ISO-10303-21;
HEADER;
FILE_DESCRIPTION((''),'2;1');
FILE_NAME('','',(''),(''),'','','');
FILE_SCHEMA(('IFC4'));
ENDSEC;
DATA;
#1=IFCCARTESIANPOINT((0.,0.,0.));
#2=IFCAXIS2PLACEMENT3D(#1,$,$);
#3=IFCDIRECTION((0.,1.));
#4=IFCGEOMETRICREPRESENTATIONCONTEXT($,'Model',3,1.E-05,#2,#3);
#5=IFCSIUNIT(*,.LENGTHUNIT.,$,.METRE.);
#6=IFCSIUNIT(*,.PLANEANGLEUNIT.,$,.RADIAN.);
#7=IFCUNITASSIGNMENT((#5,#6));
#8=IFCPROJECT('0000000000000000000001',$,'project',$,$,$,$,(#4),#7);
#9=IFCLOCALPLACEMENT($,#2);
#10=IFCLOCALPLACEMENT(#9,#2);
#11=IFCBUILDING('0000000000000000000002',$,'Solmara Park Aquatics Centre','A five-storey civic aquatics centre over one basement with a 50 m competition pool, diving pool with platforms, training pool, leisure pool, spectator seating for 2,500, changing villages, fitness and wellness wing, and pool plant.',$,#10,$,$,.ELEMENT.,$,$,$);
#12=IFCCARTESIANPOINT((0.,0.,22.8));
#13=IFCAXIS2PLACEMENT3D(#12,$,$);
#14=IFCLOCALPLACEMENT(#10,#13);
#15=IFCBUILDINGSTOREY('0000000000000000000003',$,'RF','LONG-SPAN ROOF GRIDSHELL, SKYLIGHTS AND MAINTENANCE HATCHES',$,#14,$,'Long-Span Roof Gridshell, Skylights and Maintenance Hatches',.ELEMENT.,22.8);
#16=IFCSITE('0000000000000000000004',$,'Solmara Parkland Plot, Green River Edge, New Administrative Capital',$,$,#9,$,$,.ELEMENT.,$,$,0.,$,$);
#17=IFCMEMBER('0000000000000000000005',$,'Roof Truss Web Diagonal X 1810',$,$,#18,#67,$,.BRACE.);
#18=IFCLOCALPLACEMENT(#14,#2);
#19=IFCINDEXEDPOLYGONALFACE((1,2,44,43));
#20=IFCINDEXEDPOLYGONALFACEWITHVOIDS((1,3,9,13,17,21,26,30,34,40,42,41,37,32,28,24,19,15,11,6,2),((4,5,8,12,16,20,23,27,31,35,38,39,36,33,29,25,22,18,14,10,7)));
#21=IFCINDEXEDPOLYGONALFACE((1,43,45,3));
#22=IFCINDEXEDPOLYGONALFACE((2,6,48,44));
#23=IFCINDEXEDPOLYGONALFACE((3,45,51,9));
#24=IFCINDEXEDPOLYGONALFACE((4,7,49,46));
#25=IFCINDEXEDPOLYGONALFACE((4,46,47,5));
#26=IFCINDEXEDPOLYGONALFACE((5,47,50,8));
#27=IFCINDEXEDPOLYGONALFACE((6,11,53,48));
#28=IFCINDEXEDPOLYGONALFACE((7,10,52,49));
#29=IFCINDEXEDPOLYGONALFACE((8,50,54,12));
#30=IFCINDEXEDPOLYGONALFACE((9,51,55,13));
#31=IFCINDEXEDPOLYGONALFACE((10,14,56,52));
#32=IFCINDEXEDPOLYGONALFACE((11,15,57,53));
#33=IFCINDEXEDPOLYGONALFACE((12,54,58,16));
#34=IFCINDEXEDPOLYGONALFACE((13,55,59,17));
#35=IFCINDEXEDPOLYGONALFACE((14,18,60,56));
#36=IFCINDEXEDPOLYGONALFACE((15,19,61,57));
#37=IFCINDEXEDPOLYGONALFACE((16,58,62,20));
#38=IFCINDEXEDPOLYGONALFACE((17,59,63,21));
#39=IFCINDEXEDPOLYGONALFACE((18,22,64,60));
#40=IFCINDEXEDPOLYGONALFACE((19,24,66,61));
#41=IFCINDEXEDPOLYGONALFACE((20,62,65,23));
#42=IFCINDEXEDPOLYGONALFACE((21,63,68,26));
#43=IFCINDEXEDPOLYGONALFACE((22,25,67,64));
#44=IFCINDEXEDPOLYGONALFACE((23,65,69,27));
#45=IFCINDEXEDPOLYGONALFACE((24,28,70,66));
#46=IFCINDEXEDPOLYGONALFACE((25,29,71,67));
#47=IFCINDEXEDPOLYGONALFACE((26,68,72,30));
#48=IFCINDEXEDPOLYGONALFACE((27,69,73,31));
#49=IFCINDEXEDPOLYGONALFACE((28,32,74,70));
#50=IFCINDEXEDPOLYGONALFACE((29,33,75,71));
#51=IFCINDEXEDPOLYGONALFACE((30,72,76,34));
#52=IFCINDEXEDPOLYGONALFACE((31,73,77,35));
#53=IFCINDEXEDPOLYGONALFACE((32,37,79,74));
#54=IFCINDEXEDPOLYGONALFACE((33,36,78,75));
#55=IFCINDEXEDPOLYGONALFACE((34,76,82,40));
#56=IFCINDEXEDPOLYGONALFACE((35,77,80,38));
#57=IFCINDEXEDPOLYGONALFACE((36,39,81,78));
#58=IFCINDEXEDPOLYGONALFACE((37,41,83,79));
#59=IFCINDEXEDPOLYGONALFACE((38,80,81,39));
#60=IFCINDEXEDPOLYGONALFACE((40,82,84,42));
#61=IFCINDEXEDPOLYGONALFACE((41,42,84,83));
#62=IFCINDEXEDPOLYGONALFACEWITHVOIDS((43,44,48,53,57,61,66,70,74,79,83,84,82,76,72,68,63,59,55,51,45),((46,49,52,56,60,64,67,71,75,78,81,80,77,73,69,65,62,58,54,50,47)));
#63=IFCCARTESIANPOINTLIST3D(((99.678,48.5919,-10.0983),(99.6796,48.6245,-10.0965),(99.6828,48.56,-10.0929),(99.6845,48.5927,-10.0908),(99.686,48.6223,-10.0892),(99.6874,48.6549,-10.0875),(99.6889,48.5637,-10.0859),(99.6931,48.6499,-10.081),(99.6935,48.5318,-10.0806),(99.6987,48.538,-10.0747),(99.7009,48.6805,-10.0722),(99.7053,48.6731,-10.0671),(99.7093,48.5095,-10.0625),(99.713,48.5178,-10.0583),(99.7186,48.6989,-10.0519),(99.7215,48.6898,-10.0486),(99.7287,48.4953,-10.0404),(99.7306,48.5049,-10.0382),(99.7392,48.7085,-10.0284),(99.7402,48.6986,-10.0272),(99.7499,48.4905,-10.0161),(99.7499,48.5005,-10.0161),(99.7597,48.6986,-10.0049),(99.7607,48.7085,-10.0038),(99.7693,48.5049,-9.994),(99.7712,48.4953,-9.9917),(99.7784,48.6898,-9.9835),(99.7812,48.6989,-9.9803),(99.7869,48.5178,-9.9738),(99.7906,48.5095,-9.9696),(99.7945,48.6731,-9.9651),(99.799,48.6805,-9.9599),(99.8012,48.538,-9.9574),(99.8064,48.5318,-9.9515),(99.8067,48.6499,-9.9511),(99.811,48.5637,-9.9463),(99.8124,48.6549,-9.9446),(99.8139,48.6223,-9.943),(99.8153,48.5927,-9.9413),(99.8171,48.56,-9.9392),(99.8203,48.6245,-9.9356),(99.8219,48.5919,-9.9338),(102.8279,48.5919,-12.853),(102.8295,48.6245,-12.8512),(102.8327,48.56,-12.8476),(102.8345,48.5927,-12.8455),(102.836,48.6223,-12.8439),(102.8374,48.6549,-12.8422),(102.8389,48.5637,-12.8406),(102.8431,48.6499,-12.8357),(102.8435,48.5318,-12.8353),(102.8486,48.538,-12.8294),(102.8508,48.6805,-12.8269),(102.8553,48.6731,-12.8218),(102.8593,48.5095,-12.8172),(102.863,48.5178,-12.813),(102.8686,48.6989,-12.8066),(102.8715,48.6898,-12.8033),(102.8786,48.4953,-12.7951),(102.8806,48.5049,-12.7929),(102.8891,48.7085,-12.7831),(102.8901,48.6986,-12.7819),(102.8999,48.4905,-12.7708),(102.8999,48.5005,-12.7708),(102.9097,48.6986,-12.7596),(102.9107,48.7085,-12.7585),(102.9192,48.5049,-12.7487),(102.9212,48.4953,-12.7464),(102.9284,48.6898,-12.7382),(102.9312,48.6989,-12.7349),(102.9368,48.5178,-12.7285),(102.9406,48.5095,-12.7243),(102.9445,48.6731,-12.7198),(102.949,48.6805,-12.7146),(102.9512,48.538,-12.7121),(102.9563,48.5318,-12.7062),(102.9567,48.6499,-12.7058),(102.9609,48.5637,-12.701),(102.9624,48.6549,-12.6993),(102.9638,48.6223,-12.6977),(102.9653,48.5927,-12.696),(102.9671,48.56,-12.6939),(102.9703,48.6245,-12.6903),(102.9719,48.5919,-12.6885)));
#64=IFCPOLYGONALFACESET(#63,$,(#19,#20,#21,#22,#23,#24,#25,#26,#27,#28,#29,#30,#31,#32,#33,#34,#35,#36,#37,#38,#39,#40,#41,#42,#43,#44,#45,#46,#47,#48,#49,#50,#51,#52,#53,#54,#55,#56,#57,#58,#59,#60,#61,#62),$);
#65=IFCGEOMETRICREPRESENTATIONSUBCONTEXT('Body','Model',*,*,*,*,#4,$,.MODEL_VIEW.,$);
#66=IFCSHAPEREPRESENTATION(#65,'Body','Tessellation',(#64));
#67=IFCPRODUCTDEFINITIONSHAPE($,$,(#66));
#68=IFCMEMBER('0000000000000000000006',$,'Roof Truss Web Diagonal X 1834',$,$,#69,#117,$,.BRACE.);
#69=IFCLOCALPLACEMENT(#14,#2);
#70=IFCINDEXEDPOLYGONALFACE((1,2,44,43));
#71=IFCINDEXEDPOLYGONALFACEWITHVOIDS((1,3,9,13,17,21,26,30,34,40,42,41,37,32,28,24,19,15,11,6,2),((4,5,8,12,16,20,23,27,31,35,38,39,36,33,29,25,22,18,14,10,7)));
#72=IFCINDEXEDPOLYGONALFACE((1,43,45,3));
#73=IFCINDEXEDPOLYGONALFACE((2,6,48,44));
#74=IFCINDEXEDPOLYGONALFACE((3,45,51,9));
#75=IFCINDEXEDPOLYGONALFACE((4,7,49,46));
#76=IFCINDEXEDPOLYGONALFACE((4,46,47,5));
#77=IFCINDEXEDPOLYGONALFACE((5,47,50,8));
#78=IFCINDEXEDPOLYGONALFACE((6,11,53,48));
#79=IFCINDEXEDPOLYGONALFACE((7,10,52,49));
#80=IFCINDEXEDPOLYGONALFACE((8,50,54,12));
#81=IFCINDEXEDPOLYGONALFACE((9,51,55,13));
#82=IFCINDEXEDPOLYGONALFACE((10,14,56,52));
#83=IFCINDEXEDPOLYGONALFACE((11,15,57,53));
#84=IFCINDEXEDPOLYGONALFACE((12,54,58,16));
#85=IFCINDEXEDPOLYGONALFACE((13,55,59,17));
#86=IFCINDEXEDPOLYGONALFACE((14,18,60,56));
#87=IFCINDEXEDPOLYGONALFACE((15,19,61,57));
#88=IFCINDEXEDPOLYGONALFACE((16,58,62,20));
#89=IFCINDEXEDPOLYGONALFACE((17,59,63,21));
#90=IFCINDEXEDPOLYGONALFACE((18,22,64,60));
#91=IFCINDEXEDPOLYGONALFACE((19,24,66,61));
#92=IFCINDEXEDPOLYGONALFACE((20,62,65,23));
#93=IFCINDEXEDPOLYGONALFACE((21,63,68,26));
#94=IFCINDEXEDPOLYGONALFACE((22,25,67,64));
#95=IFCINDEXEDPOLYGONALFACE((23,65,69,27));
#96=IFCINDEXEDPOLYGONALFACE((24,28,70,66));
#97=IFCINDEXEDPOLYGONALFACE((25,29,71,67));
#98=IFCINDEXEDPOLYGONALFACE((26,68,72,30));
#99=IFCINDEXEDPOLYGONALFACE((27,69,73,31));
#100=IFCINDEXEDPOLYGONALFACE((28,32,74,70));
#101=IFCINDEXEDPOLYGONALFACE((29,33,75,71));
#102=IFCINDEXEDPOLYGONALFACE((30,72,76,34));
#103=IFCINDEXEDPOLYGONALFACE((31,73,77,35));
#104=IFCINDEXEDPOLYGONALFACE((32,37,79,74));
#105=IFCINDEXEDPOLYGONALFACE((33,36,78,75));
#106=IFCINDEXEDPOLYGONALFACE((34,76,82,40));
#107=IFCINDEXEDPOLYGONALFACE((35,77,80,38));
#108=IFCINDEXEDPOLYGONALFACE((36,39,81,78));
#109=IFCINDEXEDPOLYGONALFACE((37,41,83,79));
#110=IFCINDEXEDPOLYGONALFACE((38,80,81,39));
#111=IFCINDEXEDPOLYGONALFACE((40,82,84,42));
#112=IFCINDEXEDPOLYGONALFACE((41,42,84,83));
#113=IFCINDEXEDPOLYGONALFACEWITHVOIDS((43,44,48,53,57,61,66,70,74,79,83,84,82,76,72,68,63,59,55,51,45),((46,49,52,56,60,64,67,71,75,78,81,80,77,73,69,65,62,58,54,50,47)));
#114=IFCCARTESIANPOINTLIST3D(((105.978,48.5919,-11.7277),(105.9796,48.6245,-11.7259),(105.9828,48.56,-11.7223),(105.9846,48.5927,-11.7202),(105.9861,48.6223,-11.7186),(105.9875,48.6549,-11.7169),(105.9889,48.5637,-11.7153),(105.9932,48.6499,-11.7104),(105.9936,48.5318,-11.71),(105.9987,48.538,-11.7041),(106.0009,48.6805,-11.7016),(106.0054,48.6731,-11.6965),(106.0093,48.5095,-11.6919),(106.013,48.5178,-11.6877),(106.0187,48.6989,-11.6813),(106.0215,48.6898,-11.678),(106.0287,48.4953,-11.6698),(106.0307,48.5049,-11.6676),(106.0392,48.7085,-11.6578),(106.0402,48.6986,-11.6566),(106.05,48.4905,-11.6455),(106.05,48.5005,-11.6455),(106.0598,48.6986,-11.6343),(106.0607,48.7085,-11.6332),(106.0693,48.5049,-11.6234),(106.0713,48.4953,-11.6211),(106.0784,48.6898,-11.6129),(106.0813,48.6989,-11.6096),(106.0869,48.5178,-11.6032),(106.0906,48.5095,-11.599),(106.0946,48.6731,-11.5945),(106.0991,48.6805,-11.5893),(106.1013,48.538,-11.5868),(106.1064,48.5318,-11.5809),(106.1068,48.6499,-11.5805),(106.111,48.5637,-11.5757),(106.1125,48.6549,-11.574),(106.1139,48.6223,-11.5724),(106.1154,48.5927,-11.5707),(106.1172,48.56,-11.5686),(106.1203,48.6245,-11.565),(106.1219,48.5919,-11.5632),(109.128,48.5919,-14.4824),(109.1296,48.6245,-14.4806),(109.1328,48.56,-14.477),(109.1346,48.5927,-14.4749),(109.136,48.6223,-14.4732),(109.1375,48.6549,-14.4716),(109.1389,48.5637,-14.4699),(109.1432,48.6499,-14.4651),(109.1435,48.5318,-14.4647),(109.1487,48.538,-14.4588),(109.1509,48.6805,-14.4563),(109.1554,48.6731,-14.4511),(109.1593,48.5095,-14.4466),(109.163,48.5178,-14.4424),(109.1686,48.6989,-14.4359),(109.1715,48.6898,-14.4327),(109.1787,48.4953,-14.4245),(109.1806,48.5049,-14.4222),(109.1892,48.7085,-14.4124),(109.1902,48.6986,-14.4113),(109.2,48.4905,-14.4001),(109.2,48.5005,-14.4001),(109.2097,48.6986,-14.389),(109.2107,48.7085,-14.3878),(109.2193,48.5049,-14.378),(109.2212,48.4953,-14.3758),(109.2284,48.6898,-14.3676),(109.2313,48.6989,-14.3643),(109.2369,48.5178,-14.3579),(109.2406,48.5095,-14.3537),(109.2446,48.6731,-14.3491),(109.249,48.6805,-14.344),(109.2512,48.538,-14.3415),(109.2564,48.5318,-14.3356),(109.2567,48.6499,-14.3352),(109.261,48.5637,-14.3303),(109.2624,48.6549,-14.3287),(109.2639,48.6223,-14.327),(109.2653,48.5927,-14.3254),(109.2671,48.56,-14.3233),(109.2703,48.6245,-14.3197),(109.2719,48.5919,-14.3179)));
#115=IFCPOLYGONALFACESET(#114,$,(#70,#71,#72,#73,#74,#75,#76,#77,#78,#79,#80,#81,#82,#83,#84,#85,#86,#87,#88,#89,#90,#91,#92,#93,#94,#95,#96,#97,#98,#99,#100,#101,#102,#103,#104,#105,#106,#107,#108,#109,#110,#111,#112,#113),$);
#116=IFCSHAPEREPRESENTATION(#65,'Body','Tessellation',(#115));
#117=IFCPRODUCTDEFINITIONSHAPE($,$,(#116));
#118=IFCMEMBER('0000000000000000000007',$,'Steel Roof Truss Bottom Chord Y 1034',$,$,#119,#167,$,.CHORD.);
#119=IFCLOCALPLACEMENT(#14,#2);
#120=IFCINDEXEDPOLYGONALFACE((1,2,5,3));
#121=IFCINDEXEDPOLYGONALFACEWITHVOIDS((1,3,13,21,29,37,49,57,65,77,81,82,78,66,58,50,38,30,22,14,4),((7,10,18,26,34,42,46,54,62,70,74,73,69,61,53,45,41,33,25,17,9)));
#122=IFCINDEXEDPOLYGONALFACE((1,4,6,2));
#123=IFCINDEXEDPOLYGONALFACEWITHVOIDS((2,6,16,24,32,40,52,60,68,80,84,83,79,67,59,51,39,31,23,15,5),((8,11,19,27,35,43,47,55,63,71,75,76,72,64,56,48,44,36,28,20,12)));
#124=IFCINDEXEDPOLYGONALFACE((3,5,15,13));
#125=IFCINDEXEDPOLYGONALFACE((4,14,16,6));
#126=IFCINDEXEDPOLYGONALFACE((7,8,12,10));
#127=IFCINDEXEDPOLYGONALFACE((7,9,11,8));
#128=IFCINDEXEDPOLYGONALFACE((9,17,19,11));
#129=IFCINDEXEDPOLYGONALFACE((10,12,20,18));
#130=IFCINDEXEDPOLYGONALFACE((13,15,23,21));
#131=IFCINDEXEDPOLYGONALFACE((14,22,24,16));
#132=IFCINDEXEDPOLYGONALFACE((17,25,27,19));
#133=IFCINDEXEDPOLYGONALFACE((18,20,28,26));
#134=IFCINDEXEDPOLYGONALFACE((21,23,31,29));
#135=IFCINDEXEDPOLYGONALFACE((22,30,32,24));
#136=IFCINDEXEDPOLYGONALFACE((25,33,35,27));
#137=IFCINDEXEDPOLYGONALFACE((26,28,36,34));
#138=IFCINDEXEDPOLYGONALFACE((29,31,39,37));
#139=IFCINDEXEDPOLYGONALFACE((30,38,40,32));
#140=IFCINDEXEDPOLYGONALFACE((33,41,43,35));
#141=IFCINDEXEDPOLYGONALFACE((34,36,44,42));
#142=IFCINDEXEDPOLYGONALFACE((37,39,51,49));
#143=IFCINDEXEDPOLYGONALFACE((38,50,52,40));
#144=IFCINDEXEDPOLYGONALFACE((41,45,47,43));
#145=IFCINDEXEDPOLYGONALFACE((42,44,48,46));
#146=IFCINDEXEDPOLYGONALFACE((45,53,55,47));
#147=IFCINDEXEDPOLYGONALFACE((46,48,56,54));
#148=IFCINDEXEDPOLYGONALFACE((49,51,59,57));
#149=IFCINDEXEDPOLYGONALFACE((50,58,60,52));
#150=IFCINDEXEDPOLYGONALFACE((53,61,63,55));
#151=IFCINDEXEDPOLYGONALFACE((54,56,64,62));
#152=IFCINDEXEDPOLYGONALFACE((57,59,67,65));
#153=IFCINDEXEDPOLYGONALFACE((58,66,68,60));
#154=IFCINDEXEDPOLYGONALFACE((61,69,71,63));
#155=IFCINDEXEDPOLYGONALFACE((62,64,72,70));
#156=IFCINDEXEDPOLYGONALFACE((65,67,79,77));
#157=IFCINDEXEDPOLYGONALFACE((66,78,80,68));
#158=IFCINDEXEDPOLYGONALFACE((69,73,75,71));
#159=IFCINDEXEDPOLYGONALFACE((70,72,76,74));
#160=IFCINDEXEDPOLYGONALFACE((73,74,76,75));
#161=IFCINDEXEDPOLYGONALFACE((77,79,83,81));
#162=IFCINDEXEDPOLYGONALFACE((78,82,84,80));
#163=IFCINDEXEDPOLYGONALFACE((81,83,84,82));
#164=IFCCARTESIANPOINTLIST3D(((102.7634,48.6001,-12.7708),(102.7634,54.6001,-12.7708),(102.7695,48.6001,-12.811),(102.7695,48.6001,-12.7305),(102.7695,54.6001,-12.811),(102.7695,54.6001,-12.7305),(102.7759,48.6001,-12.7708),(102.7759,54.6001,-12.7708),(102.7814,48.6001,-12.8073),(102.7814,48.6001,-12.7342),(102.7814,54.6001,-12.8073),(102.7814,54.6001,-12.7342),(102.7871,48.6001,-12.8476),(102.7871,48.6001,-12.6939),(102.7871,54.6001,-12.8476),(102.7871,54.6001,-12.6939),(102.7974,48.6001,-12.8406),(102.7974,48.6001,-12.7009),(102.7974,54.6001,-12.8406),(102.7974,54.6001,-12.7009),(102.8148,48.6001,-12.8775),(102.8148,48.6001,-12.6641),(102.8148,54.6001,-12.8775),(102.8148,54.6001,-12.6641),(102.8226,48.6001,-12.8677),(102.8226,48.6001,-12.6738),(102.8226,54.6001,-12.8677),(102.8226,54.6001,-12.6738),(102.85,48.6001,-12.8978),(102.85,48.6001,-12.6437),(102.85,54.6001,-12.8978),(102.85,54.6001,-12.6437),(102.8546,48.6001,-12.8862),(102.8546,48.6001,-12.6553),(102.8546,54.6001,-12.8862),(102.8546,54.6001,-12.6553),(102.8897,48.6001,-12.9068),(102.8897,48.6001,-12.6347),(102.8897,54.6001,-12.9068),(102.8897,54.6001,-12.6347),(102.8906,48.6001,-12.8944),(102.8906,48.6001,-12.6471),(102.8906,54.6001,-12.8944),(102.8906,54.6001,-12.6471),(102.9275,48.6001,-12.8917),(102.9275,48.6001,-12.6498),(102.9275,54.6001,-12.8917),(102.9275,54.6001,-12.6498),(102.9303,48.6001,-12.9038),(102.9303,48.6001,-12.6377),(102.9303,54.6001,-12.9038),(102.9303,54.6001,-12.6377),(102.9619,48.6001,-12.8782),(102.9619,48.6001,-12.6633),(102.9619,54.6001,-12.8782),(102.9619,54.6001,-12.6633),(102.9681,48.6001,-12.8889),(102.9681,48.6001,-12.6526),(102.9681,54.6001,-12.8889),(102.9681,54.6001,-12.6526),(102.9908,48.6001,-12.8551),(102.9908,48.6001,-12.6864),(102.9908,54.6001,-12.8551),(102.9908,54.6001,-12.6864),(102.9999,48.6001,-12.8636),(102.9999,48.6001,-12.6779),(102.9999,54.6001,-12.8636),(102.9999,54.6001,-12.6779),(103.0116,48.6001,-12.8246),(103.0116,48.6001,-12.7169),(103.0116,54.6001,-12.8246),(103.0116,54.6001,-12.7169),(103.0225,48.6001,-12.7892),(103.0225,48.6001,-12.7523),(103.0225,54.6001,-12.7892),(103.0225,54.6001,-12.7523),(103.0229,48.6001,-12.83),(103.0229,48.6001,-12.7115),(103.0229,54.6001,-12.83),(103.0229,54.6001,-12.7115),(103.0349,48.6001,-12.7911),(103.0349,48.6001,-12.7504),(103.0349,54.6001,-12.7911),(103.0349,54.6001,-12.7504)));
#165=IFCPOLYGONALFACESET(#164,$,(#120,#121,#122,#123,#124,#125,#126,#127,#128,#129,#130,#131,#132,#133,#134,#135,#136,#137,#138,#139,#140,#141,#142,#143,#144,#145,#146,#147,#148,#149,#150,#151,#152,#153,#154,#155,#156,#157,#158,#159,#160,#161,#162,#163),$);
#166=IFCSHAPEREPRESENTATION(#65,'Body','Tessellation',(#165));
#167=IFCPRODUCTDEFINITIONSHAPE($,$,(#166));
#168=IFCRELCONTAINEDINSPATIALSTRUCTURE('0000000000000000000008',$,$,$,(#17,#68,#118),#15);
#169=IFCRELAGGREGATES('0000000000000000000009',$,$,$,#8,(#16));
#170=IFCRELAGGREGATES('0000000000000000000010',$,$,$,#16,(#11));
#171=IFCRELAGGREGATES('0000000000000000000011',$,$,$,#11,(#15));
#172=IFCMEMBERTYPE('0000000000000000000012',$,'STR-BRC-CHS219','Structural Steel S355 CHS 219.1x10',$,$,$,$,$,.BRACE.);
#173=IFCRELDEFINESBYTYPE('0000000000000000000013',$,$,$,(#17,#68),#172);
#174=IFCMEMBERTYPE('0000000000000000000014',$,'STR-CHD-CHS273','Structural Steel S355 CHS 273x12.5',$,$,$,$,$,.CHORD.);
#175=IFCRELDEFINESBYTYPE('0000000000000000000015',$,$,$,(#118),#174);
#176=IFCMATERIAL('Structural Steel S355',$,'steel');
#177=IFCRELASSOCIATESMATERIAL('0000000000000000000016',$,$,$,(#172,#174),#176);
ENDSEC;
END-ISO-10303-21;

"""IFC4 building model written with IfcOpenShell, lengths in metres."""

from ifc_helpers import new_model, si_unit, direction, frame, origin, origin_2d, place, context, subcontext, project, spatial, hollow_circle, extrude, material, material_profile, profile_set, type_object, element, save


model = new_model("IFC4")

# Units and contexts
model_context = context("Model", 3, precision=1e-05, world=origin(), true_north=direction((0.0, 1.0)))
body_context = subcontext(model_context, "Body", "Model", "MODEL_VIEW")
ifc_project = project(units=[si_unit("LENGTHUNIT", "METRE"), si_unit("PLANEANGLEUNIT", "RADIAN")], contexts=[model_context])

# Site, building, storey
site_placement = place(None, origin())
site = spatial("IfcSite", under=ifc_project, at=site_placement, Name="Solmara Parkland Plot, Green River Edge, New Administrative Capital", CompositionType="ELEMENT", RefElevation=0.0)
building_placement = place(site_placement, origin())
building = spatial("IfcBuilding", under=site, at=building_placement, Name="Solmara Park Aquatics Centre", Description="A five-storey civic aquatics centre over one basement with a 50 m competition pool, diving pool with platforms, training pool, leisure pool, spectator seating for 2,500, changing villages, fitness and wellness wing, and pool plant.", CompositionType="ELEMENT")
storey_placement = place(building_placement, frame((0.0, 0.0, 22.8)))
storey = spatial("IfcBuildingStorey", under=building, at=storey_placement, Name="RF", Description="LONG-SPAN ROOF GRIDSHELL, SKYLIGHTS AND MAINTENANCE HATCHES", LongName="Long-Span Roof Gridshell, Skylights and Maintenance Hatches", CompositionType="ELEMENT", Elevation=22.8)

# Shared definitions
ifc_material_1 = material(Name="Structural Steel S355", Category="steel")

# Members
ifc_material_profile_1 = material_profile(ifc_material_1, hollow_circle(Radius=0.1096, WallThickness=0.01, at=origin_2d()), Name="CHS 219.1x10")
ifc_profile_set_1 = profile_set([ifc_material_profile_1], Name="Structural Steel S355")
member_type_1 = type_object("IfcMemberType", Name="STR-BRC-CHS219", Description="Structural Steel S355 CHS 219.1x10", PredefinedType="BRACE", material=ifc_profile_set_1)
for number, where, z_axis, x_axis, name in (
    (1, (102.8999, 48.6001, -12.7708), (-0.752757, 0.0, 0.658298), (0.0, -1.0, 0.0), "Roof Truss Web Diagonal X 1810"),
    (2, (109.2, 48.6001, -14.4001), (-0.752757, 0.0, 0.658298), (0.0, -1.0, 0.0), "Roof Truss Web Diagonal X 1834"),
):
    element("IfcMember", number, at=place(storey_placement, frame(where, z_axis=z_axis, x_axis=x_axis)), inside=storey, type_object=member_type_1, Name=name, PredefinedType="BRACE", context=body_context, shape_type="SweptSolid", body=[
        extrude(hollow_circle(Radius=0.1096, WallThickness=0.01, at=origin_2d()), origin(), (0.0, 0.0, 1.0), 4.1846),
    ])
ifc_material_profile_2 = material_profile(ifc_material_1, hollow_circle(Radius=0.1365, WallThickness=0.0125, at=origin_2d()), Name="CHS 273x12.5")
ifc_profile_set_2 = profile_set([ifc_material_profile_2], Name="Structural Steel S355")
member_type_2 = type_object("IfcMemberType", Name="STR-CHD-CHS273", Description="Structural Steel S355 CHS 273x12.5", PredefinedType="CHORD", material=ifc_profile_set_2)
for number, where, z_axis, x_axis, name in (
    (3, (102.8999, 48.6001, -12.7708), (0.0, 1.0, 0.0), (-1.0, 0.0, 0.0), "Steel Roof Truss Bottom Chord Y 1034"),
):
    element("IfcMember", number, at=place(storey_placement, frame(where, z_axis=z_axis, x_axis=x_axis)), inside=storey, type_object=member_type_2, Name=name, PredefinedType="CHORD", context=body_context, shape_type="SweptSolid", body=[
        extrude(hollow_circle(Radius=0.1365, WallThickness=0.0125, at=origin_2d()), origin(), (0.0, 0.0, 1.0), 6.0),
    ])

save(model, "model.ifc")
